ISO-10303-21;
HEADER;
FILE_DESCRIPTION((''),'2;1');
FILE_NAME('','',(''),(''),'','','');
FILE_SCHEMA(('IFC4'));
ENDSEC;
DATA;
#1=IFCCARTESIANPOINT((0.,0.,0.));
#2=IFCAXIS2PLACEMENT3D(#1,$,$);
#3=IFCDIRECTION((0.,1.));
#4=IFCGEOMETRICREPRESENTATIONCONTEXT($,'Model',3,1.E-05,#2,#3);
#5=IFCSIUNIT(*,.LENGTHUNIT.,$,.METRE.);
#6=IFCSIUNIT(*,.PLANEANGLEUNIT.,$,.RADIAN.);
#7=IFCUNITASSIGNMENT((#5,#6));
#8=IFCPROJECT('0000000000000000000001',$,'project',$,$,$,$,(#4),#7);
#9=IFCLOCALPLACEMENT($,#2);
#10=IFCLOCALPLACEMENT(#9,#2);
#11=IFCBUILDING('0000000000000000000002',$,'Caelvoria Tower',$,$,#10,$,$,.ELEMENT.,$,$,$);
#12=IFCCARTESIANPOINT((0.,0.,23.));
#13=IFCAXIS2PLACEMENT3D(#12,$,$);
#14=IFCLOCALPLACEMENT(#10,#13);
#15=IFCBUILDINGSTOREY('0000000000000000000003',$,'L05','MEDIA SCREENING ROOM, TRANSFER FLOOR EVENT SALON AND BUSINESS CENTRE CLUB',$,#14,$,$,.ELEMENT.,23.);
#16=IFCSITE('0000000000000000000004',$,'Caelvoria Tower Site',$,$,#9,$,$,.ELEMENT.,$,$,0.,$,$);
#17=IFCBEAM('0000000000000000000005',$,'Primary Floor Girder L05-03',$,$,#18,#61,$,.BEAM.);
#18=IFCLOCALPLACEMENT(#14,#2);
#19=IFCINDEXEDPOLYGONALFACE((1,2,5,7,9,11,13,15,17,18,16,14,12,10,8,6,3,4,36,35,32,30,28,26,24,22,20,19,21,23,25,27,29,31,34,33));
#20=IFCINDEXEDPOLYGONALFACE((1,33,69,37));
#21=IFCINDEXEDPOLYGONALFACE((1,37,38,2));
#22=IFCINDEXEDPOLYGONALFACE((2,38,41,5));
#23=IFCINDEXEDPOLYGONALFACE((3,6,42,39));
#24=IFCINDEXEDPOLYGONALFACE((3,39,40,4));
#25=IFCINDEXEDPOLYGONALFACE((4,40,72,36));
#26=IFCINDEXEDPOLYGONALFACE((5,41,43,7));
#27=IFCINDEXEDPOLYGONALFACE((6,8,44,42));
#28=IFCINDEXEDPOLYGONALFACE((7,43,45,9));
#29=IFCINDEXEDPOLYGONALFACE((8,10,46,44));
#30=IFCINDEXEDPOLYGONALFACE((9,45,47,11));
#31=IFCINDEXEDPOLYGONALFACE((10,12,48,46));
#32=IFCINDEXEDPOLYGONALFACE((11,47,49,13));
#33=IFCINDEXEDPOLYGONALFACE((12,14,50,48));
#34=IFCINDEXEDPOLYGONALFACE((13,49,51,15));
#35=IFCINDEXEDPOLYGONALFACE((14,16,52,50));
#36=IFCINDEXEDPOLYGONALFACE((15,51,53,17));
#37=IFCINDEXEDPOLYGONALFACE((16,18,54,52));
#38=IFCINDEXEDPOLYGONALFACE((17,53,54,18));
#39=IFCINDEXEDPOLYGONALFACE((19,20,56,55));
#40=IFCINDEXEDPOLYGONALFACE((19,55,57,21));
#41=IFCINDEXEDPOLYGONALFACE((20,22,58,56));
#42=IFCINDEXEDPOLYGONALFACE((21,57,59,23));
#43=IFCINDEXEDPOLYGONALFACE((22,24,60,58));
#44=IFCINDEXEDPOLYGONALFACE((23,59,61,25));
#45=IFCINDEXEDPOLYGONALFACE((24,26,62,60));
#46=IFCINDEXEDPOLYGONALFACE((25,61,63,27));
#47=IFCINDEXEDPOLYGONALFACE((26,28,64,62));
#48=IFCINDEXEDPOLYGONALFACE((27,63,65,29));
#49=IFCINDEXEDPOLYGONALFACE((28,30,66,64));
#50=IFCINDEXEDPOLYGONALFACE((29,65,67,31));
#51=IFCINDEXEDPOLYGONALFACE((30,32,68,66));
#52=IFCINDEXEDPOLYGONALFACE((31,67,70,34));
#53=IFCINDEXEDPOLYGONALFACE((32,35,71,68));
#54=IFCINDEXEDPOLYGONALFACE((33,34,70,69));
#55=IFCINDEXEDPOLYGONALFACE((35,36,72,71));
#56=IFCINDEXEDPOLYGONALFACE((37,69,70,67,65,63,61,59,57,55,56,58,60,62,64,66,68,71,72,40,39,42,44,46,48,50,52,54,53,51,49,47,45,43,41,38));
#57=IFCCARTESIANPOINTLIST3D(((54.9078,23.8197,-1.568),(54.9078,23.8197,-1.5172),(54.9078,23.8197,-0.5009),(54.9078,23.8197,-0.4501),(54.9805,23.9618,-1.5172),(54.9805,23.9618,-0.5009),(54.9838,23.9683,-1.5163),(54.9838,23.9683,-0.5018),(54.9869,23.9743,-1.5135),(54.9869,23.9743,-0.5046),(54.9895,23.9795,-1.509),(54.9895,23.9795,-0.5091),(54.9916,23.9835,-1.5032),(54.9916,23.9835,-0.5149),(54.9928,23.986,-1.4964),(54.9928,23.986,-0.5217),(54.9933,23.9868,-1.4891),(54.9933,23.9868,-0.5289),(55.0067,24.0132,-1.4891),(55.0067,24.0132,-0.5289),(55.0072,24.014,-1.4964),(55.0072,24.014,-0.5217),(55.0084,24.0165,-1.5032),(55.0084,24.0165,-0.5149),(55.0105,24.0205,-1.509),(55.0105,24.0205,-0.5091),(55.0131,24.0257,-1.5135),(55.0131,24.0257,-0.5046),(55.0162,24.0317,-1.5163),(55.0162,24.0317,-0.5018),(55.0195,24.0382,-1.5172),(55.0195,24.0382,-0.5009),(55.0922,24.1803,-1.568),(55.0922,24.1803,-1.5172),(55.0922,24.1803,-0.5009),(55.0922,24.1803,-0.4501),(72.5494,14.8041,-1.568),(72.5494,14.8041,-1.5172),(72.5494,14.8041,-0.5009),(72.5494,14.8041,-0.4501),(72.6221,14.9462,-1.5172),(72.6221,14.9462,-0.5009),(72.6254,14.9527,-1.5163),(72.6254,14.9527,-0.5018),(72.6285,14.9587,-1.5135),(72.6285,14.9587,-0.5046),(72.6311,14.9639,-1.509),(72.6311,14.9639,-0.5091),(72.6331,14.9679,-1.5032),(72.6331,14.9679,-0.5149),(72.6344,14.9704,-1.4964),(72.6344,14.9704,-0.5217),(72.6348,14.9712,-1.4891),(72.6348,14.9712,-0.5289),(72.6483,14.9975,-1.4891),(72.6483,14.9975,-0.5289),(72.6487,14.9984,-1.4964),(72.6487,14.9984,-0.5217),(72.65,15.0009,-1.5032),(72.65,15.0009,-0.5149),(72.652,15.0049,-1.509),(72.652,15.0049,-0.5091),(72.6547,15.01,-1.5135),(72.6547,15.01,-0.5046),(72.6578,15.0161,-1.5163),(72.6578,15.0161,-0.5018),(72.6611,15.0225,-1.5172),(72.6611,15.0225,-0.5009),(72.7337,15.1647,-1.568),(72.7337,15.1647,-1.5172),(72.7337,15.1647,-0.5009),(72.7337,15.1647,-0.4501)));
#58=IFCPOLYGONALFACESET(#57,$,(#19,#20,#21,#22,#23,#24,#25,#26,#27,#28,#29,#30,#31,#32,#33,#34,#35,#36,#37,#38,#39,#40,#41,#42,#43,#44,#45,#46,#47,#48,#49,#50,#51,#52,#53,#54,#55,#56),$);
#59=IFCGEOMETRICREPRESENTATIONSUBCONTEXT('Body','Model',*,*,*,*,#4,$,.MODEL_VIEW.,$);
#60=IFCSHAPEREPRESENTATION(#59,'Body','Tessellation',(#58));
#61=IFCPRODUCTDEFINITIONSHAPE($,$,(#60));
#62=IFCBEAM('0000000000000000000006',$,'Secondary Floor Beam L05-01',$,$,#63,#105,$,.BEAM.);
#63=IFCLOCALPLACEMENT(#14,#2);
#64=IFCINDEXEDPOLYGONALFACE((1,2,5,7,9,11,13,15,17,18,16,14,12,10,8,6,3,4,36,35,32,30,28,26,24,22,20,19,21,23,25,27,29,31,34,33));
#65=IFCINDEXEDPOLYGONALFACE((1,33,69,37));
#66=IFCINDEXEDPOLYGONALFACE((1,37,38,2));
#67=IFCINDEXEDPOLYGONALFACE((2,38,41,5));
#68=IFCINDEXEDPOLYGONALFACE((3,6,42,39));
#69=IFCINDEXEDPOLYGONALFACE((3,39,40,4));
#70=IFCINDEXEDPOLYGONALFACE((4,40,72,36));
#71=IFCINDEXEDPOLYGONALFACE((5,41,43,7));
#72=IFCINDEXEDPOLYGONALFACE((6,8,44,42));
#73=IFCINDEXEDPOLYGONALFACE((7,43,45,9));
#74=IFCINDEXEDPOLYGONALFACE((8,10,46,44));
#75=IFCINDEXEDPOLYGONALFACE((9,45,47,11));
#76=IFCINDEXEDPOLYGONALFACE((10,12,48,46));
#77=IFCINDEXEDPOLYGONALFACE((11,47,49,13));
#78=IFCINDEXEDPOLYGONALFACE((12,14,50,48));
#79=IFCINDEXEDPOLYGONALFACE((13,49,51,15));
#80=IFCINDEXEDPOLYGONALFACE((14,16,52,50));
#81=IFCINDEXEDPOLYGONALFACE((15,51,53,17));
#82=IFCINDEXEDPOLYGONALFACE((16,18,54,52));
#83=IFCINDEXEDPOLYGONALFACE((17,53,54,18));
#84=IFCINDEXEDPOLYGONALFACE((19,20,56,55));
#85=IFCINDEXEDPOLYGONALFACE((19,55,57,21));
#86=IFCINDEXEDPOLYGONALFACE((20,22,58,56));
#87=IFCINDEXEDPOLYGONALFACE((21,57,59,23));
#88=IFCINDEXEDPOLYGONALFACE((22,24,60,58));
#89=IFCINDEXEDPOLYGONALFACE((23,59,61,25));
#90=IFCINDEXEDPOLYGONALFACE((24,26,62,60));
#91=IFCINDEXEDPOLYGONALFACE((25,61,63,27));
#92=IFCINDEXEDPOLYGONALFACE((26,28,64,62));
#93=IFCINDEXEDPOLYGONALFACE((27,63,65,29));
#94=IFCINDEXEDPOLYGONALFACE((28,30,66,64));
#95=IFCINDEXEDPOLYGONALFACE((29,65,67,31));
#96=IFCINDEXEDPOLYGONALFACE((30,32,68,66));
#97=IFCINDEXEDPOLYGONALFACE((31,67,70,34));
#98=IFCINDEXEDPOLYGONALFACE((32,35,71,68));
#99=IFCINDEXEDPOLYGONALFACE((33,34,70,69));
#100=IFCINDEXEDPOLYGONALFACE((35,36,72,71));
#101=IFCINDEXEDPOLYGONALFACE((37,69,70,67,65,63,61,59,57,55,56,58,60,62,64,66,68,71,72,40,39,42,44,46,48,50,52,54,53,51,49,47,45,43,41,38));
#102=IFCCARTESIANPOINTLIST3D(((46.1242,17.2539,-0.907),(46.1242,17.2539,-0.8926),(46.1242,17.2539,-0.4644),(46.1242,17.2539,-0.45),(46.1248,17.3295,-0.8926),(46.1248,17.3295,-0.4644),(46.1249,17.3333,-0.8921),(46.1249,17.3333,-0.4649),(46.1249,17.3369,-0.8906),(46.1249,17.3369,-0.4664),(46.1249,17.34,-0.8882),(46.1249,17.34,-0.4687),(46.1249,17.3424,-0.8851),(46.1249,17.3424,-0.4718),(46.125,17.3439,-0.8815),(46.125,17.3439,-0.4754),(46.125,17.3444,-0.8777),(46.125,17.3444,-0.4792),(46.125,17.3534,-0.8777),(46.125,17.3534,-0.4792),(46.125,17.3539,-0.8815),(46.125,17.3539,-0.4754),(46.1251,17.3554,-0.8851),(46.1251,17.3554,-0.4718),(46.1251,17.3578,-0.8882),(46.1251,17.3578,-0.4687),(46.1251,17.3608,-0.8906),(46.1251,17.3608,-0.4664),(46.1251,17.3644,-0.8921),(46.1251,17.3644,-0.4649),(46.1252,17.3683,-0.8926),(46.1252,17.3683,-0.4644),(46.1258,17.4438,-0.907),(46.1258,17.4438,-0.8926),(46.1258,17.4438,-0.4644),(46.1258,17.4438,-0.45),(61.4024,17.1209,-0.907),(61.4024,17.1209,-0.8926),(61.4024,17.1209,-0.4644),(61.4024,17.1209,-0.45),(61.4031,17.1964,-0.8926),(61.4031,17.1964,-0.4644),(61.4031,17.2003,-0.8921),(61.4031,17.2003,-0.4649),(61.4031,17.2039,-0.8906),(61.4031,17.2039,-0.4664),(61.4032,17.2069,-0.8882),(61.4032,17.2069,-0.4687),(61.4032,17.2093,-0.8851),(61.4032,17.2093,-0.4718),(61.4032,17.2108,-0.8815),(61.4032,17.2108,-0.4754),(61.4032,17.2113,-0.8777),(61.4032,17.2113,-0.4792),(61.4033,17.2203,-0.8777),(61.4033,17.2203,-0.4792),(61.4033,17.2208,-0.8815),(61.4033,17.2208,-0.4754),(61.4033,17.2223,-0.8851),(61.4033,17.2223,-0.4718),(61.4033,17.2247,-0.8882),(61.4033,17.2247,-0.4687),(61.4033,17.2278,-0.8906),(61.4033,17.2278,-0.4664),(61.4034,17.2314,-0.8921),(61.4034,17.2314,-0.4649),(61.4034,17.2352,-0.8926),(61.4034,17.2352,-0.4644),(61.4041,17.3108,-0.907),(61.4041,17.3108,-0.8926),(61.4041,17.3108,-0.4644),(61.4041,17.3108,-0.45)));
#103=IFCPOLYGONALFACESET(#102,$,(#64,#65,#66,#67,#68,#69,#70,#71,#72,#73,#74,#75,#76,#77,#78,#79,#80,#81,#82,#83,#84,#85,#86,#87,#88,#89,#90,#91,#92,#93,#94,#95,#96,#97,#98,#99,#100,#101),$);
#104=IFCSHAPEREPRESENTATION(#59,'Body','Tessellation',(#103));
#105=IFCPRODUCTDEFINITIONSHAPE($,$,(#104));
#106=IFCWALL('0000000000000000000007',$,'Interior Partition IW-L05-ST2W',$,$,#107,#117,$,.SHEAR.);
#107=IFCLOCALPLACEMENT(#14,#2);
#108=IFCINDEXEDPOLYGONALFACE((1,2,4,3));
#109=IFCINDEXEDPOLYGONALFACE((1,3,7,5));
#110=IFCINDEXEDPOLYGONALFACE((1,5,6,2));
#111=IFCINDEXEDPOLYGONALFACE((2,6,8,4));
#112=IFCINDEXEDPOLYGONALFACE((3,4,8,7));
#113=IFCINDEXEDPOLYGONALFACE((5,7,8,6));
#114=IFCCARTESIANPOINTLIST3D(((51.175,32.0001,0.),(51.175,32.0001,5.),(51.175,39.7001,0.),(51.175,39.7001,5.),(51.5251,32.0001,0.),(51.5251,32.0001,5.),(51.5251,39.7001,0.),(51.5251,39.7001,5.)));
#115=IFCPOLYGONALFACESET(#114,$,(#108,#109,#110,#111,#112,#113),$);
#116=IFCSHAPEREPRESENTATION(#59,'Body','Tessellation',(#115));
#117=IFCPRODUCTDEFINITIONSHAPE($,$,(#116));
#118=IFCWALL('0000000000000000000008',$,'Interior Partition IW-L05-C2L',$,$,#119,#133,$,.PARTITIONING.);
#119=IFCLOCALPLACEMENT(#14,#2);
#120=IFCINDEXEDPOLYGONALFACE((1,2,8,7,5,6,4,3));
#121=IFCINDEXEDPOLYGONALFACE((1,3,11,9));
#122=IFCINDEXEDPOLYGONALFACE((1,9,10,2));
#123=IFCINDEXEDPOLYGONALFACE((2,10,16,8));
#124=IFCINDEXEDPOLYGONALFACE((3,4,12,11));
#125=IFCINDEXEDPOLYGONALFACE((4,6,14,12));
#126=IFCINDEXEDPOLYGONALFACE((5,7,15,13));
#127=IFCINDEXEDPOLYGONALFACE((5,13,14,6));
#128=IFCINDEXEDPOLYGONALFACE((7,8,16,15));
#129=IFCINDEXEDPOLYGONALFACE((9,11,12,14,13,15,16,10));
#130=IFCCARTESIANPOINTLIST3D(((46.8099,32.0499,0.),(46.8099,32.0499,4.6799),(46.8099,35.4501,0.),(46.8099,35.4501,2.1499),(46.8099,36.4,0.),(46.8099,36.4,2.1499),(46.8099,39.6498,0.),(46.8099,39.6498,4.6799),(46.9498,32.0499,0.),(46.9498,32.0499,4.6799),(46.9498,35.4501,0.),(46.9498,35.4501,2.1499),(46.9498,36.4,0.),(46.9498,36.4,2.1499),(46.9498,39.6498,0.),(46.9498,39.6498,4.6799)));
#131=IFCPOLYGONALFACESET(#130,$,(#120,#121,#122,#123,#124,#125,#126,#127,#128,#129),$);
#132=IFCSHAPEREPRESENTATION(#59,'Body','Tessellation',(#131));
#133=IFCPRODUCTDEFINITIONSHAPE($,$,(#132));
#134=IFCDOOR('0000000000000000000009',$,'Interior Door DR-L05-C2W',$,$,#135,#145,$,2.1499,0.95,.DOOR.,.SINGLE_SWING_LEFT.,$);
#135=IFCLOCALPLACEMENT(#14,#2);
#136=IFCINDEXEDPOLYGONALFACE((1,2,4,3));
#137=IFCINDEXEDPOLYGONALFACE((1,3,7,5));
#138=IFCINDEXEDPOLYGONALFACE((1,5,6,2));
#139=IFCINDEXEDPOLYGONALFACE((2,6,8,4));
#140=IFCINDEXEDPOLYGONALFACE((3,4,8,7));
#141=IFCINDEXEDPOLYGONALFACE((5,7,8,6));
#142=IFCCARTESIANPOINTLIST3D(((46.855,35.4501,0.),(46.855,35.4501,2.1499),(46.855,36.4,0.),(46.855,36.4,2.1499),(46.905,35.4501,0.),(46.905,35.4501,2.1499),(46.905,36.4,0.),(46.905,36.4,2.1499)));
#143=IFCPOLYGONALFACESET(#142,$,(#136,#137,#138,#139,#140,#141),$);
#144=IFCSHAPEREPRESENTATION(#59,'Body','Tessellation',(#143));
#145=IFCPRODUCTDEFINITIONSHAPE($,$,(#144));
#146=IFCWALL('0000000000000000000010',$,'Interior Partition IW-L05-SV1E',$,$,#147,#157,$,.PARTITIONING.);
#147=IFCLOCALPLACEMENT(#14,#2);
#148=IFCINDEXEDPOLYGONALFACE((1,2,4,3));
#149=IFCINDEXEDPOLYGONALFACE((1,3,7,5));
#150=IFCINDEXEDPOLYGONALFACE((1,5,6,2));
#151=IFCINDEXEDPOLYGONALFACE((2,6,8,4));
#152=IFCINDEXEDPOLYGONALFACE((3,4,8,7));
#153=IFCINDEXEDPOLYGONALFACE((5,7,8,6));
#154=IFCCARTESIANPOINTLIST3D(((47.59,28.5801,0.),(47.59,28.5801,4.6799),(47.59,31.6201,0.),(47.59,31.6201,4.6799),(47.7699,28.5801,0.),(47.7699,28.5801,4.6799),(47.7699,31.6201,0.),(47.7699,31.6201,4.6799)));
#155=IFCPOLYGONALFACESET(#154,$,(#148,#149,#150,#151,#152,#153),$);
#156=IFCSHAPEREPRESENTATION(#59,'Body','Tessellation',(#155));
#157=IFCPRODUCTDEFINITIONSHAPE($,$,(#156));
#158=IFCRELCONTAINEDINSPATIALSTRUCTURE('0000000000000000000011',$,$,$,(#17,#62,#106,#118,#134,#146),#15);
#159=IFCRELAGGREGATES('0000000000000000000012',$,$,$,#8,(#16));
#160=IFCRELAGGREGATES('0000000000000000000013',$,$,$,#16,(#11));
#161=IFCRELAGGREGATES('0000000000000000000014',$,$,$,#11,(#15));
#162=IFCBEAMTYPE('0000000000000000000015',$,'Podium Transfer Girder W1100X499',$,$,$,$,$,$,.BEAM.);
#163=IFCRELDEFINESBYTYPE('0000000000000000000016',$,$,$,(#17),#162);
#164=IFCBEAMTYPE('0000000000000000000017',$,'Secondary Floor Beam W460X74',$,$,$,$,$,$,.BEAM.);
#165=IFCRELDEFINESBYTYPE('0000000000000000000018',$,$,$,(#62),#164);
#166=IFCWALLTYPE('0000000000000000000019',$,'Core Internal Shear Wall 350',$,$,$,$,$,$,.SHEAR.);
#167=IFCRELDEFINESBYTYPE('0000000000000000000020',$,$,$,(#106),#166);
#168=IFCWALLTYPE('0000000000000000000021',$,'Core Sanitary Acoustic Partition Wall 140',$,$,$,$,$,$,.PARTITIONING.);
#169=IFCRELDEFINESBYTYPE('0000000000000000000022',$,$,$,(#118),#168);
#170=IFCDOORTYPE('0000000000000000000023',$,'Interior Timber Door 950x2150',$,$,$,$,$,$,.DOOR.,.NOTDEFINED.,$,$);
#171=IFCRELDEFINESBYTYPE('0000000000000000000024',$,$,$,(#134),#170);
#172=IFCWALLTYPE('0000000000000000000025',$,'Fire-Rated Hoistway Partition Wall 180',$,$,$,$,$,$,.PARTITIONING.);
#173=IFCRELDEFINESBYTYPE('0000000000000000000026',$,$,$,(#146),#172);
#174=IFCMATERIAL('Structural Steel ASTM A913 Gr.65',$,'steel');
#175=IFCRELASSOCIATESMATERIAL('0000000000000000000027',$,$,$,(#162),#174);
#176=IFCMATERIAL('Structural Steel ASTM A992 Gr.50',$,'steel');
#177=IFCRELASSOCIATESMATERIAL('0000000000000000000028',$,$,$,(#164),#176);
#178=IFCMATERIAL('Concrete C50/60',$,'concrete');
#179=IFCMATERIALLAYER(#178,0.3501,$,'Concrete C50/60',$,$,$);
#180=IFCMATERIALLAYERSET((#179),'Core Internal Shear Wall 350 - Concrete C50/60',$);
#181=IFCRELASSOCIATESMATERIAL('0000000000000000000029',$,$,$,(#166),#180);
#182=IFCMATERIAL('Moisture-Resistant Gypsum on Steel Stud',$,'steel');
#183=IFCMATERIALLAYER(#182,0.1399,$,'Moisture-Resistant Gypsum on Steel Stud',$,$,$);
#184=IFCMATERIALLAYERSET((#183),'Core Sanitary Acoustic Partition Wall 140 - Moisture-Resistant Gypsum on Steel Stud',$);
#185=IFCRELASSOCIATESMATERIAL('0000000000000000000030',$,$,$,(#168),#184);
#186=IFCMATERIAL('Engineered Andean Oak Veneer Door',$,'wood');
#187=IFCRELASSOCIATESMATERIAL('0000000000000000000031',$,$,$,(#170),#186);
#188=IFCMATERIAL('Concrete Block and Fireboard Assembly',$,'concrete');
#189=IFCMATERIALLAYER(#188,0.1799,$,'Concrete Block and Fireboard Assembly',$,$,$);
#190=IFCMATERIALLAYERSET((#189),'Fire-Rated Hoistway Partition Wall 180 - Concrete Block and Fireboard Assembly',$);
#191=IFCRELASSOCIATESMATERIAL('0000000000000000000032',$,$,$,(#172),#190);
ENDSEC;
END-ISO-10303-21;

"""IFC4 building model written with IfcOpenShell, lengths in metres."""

from ifc_helpers import new_model, si_unit, direction, frame, frame_2d, origin, origin_2d, place, context, subcontext, project, spatial, rectangle, i_section, extrude, material, layer, layer_set, material_profile, profile_set, type_object, element, fill, save


model = new_model("IFC4")

# Units and contexts
model_context = context("Model", 3, precision=1e-05, world=origin(), true_north=direction((0.0, 1.0)))
body_context = subcontext(model_context, "Body", "Model", "MODEL_VIEW")
ifc_project = project(units=[si_unit("LENGTHUNIT", "METRE"), si_unit("PLANEANGLEUNIT", "RADIAN")], contexts=[model_context])

# Site, building, storey
site_placement = place(None, origin())
site = spatial("IfcSite", under=ifc_project, at=site_placement, Name="Caelvoria Tower Site", CompositionType="ELEMENT", RefElevation=0.0)
building_placement = place(site_placement, origin())
building = spatial("IfcBuilding", under=site, at=building_placement, Name="Caelvoria Tower", CompositionType="ELEMENT")
storey_placement = place(building_placement, frame((0.0, 0.0, 23.0)))
storey = spatial("IfcBuildingStorey", under=building, at=storey_placement, Name="L05", Description="MEDIA SCREENING ROOM, TRANSFER FLOOR EVENT SALON AND BUSINESS CENTRE CLUB", CompositionType="ELEMENT", Elevation=23.0)

# Shared definitions
ifc_material_1 = material(Name="Structural Steel ASTM A913 Gr.65", Category="steel")

# Beams
ifc_material_profile_1 = material_profile(ifc_material_1, i_section(OverallWidth=0.405, OverallDepth=1.1179, WebThickness=0.0295, FlangeThickness=0.0508, FilletRadius=0.0281, at=origin_2d()), Name="Structural Steel ASTM A913 Gr.65")
ifc_profile_set_1 = profile_set([ifc_material_profile_1], Name="W1100X499 - Structural Steel ASTM A913 Gr.65")
beam_type_1 = type_object("IfcBeamType", Name="Podium Transfer Girder W1100X499", PredefinedType="BEAM", material=ifc_profile_set_1)
beam_1_placement = place(storey_placement, frame((55.0, 24.0, -1.009), z_axis=(0.890459, -0.455063, 0.0), x_axis=(0.455063, 0.890459, 0.0)))
element("IfcBeam", 1, at=beam_1_placement, inside=storey, type_object=beam_type_1, Name="Primary Floor Girder L05-03", PredefinedType="BEAM", context=body_context, shape_type="SweptSolid", body=[
    extrude(i_section(OverallWidth=0.405, OverallDepth=1.1179, WebThickness=0.0295, FlangeThickness=0.0508, FilletRadius=0.0281, at=origin_2d()), origin(), (0.0, 0.0, 1.0), 19.8118),
])
ifc_material_2 = material(Name="Structural Steel ASTM A992 Gr.50", Category="steel")
ifc_material_profile_2 = material_profile(ifc_material_2, i_section(OverallWidth=0.1899, OverallDepth=0.457, WebThickness=0.009, FlangeThickness=0.0144, FilletRadius=0.0149, at=origin_2d()), Name="Structural Steel ASTM A992 Gr.50")
ifc_profile_set_2 = profile_set([ifc_material_profile_2], Name="W460X74 - Structural Steel ASTM A992 Gr.50")
beam_type_2 = type_object("IfcBeamType", Name="Secondary Floor Beam W460X74", PredefinedType="BEAM", material=ifc_profile_set_2)
beam_2_placement = place(storey_placement, frame((46.125, 17.3489, -0.6785), z_axis=(0.999962, -0.008709, 0.0), x_axis=(0.008709, 0.999962, 0.0)))
element("IfcBeam", 2, at=beam_2_placement, inside=storey, type_object=beam_type_2, Name="Secondary Floor Beam L05-01", PredefinedType="BEAM", context=body_context, shape_type="SweptSolid", body=[
    extrude(i_section(OverallWidth=0.1899, OverallDepth=0.457, WebThickness=0.009, FlangeThickness=0.0144, FilletRadius=0.0149, at=origin_2d()), origin(), (0.0, 0.0, 1.0), 15.2788),
])

# Wall
ifc_material_3 = material(Name="Concrete C50/60", Category="concrete")
ifc_layer_1 = layer(ifc_material_3, 0.3501, Name="Concrete C50/60")
ifc_layer_set_1 = layer_set([ifc_layer_1], Name="Core Internal Shear Wall 350 - Concrete C50/60")
wall_type_1 = type_object("IfcWallType", Name="Core Internal Shear Wall 350", PredefinedType="SHEAR", material=ifc_layer_set_1)
wall_1_placement = place(storey_placement, frame((51.3501, 32.0, 0.0), z_axis=(0.0, 0.0, 1.0), x_axis=(0.0, 1.0, 0.0)))
element("IfcWall", 3, at=wall_1_placement, inside=storey, type_object=wall_type_1, Name="Interior Partition IW-L05-ST2W", PredefinedType="SHEAR", context=body_context, shape_type="SweptSolid", body=[
    extrude(rectangle(XDim=7.7, YDim=0.3501, at=frame_2d((3.8501, 0.0))), origin(), (0.0, 0.0, 1.0), 5.0),
])

# Wall, opening, door
ifc_material_4 = material(Name="Moisture-Resistant Gypsum on Steel Stud", Category="steel")
ifc_layer_2 = layer(ifc_material_4, 0.1399, Name="Moisture-Resistant Gypsum on Steel Stud")
ifc_layer_set_2 = layer_set([ifc_layer_2], Name="Core Sanitary Acoustic Partition Wall 140 - Moisture-Resistant Gypsum on Steel Stud")
wall_type_2 = type_object("IfcWallType", Name="Core Sanitary Acoustic Partition Wall 140", PredefinedType="PARTITIONING", material=ifc_layer_set_2)
wall_2_placement = place(storey_placement, frame((46.8799, 32.05, 0.0), z_axis=(0.0, 0.0, 1.0), x_axis=(0.0, 1.0, 0.0)))
wall_2 = element("IfcWall", 4, at=wall_2_placement, inside=storey, type_object=wall_type_2, Name="Interior Partition IW-L05-C2L", PredefinedType="PARTITIONING", context=body_context, shape_type="SweptSolid", body=[
    extrude(rectangle(XDim=7.5999, YDim=0.1399, at=frame_2d((3.7998, 0.0))), origin(), (0.0, 0.0, 1.0), 4.6799),
])
opening_1_placement = place(wall_2_placement, frame((3.3999, 0.0, 0.0)))
opening_1 = element("IfcOpeningElement", 5, at=opening_1_placement, cuts=wall_2, PredefinedType="OPENING", context=body_context, shape_type="SweptSolid", body=[
    extrude(rectangle(XDim=0.95, YDim=2.1499, at=frame_2d((0.4751, 1.075))), frame((0.0, 0.0798, 0.0), z_axis=(0.0, -1.0, 0.0), x_axis=(1.0, 0.0, 0.0)), (0.0, 0.0, 1.0), 0.1599),
])
ifc_material_5 = material(Name="Engineered Andean Oak Veneer Door", Category="wood")
door_type_1 = type_object("IfcDoorType", Name="Interior Timber Door 950x2150", OperationType="NOTDEFINED", PredefinedType="DOOR", material=ifc_material_5)
door_1_placement = place(opening_1_placement, origin())
door_1 = element("IfcDoor", 6, at=door_1_placement, inside=storey, type_object=door_type_1, Name="Interior Door DR-L05-C2W", OperationType="SINGLE_SWING_LEFT", OverallHeight=2.1499, OverallWidth=0.95, PredefinedType="DOOR", context=body_context, shape_type="SweptSolid", body=[
    extrude(rectangle(XDim=0.95, YDim=2.1499, at=frame_2d((0.4751, 1.075))), frame((0.0, 0.0249, 0.0), z_axis=(0.0, -1.0, 0.0), x_axis=(1.0, 0.0, 0.0)), (0.0, 0.0, 1.0), 0.05),
])
fill(opening_1, door_1)

# Wall
ifc_material_6 = material(Name="Concrete Block and Fireboard Assembly", Category="concrete")
ifc_layer_3 = layer(ifc_material_6, 0.1799, Name="Concrete Block and Fireboard Assembly")
ifc_layer_set_3 = layer_set([ifc_layer_3], Name="Fire-Rated Hoistway Partition Wall 180 - Concrete Block and Fireboard Assembly")
wall_type_3 = type_object("IfcWallType", Name="Fire-Rated Hoistway Partition Wall 180", PredefinedType="PARTITIONING", material=ifc_layer_set_3)
wall_3_placement = place(storey_placement, frame((47.6799, 28.5801, 0.0), z_axis=(0.0, 0.0, 1.0), x_axis=(0.0, 1.0, 0.0)))
element("IfcWall", 7, at=wall_3_placement, inside=storey, type_object=wall_type_3, Name="Interior Partition IW-L05-SV1E", PredefinedType="PARTITIONING", context=body_context, shape_type="SweptSolid", body=[
    extrude(rectangle(XDim=3.04, YDim=0.1799, at=frame_2d((1.52, 0.0))), origin(), (0.0, 0.0, 1.0), 4.6799),
])

save(model, "model.ifc")
